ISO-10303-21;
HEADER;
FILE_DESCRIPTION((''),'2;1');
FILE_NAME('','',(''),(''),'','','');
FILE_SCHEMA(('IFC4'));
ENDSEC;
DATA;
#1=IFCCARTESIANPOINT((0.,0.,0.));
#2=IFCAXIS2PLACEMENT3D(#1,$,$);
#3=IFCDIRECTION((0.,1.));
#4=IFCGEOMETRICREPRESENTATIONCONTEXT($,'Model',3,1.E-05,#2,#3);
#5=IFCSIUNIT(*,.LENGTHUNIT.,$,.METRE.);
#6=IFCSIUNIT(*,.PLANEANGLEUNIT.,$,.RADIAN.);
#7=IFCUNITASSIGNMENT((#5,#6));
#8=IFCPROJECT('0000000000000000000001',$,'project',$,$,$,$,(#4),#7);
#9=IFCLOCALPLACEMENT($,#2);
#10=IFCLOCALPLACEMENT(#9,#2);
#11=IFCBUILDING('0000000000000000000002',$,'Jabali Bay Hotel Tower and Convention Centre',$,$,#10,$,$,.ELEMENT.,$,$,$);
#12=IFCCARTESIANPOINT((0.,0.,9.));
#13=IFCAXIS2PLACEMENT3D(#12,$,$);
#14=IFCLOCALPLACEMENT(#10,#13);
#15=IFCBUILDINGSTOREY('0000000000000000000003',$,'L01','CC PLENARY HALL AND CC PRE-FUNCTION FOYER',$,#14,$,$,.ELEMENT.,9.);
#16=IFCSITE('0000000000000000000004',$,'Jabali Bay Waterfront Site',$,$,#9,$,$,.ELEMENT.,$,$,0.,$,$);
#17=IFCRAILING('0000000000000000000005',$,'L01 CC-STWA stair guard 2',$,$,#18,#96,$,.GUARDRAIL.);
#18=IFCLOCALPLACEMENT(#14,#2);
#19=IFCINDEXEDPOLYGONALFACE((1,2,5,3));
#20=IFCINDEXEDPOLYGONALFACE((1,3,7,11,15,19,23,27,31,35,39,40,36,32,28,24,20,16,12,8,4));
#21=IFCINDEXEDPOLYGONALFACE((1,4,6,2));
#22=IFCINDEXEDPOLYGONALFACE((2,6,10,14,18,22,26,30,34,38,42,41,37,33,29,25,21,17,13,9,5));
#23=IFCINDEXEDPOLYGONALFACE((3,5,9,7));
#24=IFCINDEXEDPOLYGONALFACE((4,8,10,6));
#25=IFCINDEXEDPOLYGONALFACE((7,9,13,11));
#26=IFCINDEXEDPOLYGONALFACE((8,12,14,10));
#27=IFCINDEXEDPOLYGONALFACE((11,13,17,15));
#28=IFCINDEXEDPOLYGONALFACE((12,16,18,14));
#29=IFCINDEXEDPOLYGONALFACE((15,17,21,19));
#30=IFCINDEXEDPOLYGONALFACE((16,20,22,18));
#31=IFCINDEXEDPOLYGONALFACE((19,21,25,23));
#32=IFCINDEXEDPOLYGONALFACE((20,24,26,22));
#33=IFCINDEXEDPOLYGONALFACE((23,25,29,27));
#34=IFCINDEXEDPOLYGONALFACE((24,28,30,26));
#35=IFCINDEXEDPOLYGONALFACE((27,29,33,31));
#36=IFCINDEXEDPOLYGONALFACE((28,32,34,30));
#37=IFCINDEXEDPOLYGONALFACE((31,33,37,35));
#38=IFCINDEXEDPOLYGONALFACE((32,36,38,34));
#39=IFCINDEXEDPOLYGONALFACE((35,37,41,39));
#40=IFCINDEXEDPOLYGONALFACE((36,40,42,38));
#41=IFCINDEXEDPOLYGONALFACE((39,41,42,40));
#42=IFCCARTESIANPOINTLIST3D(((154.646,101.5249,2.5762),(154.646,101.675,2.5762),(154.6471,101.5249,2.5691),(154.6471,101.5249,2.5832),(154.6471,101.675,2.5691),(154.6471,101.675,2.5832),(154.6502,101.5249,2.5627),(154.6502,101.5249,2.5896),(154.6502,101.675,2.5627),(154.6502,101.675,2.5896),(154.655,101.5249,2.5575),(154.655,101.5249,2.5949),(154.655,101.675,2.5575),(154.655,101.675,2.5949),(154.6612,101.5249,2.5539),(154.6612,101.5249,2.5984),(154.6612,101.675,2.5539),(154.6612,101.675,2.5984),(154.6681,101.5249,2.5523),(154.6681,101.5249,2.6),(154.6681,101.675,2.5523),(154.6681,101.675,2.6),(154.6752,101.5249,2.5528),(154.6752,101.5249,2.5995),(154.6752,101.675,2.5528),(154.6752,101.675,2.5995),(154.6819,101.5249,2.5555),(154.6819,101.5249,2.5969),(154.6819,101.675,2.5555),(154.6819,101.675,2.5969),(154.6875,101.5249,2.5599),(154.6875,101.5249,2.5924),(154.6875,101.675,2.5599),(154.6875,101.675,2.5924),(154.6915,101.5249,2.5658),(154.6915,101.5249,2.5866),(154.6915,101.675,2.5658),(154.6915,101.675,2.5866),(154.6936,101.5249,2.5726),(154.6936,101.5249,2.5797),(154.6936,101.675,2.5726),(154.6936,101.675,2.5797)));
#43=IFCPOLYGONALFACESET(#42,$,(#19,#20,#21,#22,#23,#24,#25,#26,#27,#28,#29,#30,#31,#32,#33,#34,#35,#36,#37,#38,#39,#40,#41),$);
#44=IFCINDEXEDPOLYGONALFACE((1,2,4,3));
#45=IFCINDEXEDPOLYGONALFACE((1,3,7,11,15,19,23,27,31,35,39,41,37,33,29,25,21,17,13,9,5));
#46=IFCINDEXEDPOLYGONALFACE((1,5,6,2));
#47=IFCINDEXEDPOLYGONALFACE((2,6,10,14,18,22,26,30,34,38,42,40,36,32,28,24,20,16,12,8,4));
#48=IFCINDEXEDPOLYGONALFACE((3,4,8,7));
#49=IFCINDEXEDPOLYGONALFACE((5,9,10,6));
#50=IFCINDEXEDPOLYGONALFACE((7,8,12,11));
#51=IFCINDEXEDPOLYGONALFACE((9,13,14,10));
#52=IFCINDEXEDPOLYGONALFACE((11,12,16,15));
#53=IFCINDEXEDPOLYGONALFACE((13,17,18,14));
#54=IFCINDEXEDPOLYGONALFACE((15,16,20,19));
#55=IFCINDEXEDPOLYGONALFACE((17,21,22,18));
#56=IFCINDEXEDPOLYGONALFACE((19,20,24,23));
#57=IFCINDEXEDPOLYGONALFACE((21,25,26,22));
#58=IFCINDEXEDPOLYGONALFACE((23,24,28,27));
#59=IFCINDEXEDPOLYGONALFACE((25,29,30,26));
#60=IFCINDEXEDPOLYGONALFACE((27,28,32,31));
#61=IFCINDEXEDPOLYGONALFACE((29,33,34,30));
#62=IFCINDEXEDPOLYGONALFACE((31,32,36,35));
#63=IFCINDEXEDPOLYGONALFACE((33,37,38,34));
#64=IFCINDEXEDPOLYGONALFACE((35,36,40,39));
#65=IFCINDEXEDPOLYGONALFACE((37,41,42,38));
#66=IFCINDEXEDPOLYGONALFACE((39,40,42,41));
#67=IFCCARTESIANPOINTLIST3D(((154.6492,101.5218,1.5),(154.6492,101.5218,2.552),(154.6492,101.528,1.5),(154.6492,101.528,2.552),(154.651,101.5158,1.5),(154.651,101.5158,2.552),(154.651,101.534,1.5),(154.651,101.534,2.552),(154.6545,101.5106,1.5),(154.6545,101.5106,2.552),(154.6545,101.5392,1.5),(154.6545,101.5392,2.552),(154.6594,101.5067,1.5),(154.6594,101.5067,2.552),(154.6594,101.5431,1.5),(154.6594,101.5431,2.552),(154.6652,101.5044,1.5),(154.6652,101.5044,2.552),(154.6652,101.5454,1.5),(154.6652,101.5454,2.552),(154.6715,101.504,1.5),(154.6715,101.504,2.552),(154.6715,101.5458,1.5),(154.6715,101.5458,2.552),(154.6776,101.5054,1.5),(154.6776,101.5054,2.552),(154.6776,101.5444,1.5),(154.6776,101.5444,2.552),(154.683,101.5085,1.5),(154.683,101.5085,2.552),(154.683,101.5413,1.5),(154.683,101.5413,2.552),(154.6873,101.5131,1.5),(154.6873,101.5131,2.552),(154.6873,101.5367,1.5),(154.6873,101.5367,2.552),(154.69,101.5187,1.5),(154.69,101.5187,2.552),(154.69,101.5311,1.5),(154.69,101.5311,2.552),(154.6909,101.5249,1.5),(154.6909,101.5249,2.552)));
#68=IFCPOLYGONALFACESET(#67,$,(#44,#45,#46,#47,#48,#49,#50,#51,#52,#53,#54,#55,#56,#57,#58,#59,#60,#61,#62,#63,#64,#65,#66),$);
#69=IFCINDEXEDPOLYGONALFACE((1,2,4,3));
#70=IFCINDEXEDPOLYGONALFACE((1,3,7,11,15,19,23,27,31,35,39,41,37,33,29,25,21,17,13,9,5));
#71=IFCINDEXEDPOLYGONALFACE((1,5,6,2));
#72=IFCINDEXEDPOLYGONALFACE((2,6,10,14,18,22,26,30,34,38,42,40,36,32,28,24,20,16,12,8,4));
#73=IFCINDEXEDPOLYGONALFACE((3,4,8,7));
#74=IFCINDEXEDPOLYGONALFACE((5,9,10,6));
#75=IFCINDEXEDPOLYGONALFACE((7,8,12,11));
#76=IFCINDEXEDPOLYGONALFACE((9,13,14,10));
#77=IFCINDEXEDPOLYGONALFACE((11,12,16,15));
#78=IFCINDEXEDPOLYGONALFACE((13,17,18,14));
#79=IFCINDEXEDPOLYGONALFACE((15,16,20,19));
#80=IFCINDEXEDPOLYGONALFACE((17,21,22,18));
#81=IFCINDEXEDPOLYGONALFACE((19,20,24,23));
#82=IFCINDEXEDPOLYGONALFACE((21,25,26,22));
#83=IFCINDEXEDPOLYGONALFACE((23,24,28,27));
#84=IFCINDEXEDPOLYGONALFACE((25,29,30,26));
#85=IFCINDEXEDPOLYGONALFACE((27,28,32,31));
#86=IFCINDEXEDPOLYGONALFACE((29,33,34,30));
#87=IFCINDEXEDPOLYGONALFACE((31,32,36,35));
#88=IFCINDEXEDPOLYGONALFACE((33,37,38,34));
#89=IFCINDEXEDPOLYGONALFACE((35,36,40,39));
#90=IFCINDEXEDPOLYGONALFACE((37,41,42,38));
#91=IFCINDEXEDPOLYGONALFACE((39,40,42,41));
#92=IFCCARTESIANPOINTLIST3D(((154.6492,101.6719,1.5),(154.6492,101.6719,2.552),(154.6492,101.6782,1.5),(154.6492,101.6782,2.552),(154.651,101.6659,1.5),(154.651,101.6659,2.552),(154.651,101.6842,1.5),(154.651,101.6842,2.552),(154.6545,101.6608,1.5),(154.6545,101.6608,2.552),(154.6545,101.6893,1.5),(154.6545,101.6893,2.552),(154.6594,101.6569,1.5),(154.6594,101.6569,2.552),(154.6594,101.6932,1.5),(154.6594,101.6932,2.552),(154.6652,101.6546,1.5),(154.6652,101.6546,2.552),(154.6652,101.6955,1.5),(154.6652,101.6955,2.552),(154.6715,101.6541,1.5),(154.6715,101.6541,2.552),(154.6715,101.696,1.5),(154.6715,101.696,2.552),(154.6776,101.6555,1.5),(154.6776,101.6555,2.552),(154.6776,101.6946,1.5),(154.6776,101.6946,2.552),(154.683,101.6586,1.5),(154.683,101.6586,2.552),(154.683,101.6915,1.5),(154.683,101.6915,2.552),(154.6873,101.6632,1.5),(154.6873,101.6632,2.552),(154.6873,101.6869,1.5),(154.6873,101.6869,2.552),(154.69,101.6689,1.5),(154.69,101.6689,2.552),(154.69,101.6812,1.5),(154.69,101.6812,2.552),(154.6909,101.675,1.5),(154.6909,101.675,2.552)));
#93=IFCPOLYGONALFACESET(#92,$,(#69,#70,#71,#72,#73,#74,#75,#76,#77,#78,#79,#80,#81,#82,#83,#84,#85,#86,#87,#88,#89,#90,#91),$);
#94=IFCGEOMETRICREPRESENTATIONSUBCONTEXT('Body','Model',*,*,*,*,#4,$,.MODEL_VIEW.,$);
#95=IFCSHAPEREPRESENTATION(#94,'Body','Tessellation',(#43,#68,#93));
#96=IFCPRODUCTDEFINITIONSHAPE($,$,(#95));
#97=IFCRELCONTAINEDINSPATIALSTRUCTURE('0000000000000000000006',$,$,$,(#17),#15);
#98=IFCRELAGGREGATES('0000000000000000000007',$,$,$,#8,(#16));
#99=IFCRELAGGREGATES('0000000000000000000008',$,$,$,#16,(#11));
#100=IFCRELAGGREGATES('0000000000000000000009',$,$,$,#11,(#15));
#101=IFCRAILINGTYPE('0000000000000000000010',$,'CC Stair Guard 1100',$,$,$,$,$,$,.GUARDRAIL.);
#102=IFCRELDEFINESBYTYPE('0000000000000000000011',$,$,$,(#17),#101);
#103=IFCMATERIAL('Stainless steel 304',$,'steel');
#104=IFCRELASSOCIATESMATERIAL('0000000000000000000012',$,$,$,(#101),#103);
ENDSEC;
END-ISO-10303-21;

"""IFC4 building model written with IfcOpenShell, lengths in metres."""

from ifc_helpers import new_model, si_unit, direction, frame, origin, origin_2d, place, context, subcontext, project, spatial, circle, extrude, material, type_object, element, save


model = new_model("IFC4")

# Units and contexts
model_context = context("Model", 3, precision=1e-05, world=origin(), true_north=direction((0.0, 1.0)))
body_context = subcontext(model_context, "Body", "Model", "MODEL_VIEW")
ifc_project = project(units=[si_unit("LENGTHUNIT", "METRE"), si_unit("PLANEANGLEUNIT", "RADIAN")], contexts=[model_context])

# Site, building, storey
site_placement = place(None, origin())
site = spatial("IfcSite", under=ifc_project, at=site_placement, Name="Jabali Bay Waterfront Site", CompositionType="ELEMENT", RefElevation=0.0)
building_placement = place(site_placement, origin())
building = spatial("IfcBuilding", under=site, at=building_placement, Name="Jabali Bay Hotel Tower and Convention Centre", CompositionType="ELEMENT")
storey_placement = place(building_placement, frame((0.0, 0.0, 9.0)))
storey = spatial("IfcBuildingStorey", under=building, at=storey_placement, Name="L01", Description="CC PLENARY HALL AND CC PRE-FUNCTION FOYER", CompositionType="ELEMENT", Elevation=9.0)

# Railing
ifc_material_1 = material(Name="Stainless steel 304", Category="steel")
railing_type_1 = type_object("IfcRailingType", Name="CC Stair Guard 1100", PredefinedType="GUARDRAIL", material=ifc_material_1)
railing_1_placement = place(storey_placement, frame((154.6699, 101.5249, 1.5)))
element("IfcRailing", 1, at=railing_1_placement, inside=storey, type_object=railing_type_1, Name="L01 CC-STWA stair guard 2", PredefinedType="GUARDRAIL", context=body_context, shape_type="SweptSolid", body=[
    extrude(circle(Radius=0.0239, at=origin_2d()), frame((0.0, 0.0, 1.0762), z_axis=(0.0, 1.0, 0.0), x_axis=(-1.0, 0.0, 0.0)), (0.0, 0.0, 1.0), 0.1501),
    extrude(circle(Radius=0.021, at=origin_2d()), origin(), (0.0, 0.0, 1.0), 1.052),
    extrude(circle(Radius=0.021, at=origin_2d()), frame((0.0, 0.1501, 0.0)), (0.0, 0.0, 1.0), 1.052),
])

save(model, "model.ifc")
